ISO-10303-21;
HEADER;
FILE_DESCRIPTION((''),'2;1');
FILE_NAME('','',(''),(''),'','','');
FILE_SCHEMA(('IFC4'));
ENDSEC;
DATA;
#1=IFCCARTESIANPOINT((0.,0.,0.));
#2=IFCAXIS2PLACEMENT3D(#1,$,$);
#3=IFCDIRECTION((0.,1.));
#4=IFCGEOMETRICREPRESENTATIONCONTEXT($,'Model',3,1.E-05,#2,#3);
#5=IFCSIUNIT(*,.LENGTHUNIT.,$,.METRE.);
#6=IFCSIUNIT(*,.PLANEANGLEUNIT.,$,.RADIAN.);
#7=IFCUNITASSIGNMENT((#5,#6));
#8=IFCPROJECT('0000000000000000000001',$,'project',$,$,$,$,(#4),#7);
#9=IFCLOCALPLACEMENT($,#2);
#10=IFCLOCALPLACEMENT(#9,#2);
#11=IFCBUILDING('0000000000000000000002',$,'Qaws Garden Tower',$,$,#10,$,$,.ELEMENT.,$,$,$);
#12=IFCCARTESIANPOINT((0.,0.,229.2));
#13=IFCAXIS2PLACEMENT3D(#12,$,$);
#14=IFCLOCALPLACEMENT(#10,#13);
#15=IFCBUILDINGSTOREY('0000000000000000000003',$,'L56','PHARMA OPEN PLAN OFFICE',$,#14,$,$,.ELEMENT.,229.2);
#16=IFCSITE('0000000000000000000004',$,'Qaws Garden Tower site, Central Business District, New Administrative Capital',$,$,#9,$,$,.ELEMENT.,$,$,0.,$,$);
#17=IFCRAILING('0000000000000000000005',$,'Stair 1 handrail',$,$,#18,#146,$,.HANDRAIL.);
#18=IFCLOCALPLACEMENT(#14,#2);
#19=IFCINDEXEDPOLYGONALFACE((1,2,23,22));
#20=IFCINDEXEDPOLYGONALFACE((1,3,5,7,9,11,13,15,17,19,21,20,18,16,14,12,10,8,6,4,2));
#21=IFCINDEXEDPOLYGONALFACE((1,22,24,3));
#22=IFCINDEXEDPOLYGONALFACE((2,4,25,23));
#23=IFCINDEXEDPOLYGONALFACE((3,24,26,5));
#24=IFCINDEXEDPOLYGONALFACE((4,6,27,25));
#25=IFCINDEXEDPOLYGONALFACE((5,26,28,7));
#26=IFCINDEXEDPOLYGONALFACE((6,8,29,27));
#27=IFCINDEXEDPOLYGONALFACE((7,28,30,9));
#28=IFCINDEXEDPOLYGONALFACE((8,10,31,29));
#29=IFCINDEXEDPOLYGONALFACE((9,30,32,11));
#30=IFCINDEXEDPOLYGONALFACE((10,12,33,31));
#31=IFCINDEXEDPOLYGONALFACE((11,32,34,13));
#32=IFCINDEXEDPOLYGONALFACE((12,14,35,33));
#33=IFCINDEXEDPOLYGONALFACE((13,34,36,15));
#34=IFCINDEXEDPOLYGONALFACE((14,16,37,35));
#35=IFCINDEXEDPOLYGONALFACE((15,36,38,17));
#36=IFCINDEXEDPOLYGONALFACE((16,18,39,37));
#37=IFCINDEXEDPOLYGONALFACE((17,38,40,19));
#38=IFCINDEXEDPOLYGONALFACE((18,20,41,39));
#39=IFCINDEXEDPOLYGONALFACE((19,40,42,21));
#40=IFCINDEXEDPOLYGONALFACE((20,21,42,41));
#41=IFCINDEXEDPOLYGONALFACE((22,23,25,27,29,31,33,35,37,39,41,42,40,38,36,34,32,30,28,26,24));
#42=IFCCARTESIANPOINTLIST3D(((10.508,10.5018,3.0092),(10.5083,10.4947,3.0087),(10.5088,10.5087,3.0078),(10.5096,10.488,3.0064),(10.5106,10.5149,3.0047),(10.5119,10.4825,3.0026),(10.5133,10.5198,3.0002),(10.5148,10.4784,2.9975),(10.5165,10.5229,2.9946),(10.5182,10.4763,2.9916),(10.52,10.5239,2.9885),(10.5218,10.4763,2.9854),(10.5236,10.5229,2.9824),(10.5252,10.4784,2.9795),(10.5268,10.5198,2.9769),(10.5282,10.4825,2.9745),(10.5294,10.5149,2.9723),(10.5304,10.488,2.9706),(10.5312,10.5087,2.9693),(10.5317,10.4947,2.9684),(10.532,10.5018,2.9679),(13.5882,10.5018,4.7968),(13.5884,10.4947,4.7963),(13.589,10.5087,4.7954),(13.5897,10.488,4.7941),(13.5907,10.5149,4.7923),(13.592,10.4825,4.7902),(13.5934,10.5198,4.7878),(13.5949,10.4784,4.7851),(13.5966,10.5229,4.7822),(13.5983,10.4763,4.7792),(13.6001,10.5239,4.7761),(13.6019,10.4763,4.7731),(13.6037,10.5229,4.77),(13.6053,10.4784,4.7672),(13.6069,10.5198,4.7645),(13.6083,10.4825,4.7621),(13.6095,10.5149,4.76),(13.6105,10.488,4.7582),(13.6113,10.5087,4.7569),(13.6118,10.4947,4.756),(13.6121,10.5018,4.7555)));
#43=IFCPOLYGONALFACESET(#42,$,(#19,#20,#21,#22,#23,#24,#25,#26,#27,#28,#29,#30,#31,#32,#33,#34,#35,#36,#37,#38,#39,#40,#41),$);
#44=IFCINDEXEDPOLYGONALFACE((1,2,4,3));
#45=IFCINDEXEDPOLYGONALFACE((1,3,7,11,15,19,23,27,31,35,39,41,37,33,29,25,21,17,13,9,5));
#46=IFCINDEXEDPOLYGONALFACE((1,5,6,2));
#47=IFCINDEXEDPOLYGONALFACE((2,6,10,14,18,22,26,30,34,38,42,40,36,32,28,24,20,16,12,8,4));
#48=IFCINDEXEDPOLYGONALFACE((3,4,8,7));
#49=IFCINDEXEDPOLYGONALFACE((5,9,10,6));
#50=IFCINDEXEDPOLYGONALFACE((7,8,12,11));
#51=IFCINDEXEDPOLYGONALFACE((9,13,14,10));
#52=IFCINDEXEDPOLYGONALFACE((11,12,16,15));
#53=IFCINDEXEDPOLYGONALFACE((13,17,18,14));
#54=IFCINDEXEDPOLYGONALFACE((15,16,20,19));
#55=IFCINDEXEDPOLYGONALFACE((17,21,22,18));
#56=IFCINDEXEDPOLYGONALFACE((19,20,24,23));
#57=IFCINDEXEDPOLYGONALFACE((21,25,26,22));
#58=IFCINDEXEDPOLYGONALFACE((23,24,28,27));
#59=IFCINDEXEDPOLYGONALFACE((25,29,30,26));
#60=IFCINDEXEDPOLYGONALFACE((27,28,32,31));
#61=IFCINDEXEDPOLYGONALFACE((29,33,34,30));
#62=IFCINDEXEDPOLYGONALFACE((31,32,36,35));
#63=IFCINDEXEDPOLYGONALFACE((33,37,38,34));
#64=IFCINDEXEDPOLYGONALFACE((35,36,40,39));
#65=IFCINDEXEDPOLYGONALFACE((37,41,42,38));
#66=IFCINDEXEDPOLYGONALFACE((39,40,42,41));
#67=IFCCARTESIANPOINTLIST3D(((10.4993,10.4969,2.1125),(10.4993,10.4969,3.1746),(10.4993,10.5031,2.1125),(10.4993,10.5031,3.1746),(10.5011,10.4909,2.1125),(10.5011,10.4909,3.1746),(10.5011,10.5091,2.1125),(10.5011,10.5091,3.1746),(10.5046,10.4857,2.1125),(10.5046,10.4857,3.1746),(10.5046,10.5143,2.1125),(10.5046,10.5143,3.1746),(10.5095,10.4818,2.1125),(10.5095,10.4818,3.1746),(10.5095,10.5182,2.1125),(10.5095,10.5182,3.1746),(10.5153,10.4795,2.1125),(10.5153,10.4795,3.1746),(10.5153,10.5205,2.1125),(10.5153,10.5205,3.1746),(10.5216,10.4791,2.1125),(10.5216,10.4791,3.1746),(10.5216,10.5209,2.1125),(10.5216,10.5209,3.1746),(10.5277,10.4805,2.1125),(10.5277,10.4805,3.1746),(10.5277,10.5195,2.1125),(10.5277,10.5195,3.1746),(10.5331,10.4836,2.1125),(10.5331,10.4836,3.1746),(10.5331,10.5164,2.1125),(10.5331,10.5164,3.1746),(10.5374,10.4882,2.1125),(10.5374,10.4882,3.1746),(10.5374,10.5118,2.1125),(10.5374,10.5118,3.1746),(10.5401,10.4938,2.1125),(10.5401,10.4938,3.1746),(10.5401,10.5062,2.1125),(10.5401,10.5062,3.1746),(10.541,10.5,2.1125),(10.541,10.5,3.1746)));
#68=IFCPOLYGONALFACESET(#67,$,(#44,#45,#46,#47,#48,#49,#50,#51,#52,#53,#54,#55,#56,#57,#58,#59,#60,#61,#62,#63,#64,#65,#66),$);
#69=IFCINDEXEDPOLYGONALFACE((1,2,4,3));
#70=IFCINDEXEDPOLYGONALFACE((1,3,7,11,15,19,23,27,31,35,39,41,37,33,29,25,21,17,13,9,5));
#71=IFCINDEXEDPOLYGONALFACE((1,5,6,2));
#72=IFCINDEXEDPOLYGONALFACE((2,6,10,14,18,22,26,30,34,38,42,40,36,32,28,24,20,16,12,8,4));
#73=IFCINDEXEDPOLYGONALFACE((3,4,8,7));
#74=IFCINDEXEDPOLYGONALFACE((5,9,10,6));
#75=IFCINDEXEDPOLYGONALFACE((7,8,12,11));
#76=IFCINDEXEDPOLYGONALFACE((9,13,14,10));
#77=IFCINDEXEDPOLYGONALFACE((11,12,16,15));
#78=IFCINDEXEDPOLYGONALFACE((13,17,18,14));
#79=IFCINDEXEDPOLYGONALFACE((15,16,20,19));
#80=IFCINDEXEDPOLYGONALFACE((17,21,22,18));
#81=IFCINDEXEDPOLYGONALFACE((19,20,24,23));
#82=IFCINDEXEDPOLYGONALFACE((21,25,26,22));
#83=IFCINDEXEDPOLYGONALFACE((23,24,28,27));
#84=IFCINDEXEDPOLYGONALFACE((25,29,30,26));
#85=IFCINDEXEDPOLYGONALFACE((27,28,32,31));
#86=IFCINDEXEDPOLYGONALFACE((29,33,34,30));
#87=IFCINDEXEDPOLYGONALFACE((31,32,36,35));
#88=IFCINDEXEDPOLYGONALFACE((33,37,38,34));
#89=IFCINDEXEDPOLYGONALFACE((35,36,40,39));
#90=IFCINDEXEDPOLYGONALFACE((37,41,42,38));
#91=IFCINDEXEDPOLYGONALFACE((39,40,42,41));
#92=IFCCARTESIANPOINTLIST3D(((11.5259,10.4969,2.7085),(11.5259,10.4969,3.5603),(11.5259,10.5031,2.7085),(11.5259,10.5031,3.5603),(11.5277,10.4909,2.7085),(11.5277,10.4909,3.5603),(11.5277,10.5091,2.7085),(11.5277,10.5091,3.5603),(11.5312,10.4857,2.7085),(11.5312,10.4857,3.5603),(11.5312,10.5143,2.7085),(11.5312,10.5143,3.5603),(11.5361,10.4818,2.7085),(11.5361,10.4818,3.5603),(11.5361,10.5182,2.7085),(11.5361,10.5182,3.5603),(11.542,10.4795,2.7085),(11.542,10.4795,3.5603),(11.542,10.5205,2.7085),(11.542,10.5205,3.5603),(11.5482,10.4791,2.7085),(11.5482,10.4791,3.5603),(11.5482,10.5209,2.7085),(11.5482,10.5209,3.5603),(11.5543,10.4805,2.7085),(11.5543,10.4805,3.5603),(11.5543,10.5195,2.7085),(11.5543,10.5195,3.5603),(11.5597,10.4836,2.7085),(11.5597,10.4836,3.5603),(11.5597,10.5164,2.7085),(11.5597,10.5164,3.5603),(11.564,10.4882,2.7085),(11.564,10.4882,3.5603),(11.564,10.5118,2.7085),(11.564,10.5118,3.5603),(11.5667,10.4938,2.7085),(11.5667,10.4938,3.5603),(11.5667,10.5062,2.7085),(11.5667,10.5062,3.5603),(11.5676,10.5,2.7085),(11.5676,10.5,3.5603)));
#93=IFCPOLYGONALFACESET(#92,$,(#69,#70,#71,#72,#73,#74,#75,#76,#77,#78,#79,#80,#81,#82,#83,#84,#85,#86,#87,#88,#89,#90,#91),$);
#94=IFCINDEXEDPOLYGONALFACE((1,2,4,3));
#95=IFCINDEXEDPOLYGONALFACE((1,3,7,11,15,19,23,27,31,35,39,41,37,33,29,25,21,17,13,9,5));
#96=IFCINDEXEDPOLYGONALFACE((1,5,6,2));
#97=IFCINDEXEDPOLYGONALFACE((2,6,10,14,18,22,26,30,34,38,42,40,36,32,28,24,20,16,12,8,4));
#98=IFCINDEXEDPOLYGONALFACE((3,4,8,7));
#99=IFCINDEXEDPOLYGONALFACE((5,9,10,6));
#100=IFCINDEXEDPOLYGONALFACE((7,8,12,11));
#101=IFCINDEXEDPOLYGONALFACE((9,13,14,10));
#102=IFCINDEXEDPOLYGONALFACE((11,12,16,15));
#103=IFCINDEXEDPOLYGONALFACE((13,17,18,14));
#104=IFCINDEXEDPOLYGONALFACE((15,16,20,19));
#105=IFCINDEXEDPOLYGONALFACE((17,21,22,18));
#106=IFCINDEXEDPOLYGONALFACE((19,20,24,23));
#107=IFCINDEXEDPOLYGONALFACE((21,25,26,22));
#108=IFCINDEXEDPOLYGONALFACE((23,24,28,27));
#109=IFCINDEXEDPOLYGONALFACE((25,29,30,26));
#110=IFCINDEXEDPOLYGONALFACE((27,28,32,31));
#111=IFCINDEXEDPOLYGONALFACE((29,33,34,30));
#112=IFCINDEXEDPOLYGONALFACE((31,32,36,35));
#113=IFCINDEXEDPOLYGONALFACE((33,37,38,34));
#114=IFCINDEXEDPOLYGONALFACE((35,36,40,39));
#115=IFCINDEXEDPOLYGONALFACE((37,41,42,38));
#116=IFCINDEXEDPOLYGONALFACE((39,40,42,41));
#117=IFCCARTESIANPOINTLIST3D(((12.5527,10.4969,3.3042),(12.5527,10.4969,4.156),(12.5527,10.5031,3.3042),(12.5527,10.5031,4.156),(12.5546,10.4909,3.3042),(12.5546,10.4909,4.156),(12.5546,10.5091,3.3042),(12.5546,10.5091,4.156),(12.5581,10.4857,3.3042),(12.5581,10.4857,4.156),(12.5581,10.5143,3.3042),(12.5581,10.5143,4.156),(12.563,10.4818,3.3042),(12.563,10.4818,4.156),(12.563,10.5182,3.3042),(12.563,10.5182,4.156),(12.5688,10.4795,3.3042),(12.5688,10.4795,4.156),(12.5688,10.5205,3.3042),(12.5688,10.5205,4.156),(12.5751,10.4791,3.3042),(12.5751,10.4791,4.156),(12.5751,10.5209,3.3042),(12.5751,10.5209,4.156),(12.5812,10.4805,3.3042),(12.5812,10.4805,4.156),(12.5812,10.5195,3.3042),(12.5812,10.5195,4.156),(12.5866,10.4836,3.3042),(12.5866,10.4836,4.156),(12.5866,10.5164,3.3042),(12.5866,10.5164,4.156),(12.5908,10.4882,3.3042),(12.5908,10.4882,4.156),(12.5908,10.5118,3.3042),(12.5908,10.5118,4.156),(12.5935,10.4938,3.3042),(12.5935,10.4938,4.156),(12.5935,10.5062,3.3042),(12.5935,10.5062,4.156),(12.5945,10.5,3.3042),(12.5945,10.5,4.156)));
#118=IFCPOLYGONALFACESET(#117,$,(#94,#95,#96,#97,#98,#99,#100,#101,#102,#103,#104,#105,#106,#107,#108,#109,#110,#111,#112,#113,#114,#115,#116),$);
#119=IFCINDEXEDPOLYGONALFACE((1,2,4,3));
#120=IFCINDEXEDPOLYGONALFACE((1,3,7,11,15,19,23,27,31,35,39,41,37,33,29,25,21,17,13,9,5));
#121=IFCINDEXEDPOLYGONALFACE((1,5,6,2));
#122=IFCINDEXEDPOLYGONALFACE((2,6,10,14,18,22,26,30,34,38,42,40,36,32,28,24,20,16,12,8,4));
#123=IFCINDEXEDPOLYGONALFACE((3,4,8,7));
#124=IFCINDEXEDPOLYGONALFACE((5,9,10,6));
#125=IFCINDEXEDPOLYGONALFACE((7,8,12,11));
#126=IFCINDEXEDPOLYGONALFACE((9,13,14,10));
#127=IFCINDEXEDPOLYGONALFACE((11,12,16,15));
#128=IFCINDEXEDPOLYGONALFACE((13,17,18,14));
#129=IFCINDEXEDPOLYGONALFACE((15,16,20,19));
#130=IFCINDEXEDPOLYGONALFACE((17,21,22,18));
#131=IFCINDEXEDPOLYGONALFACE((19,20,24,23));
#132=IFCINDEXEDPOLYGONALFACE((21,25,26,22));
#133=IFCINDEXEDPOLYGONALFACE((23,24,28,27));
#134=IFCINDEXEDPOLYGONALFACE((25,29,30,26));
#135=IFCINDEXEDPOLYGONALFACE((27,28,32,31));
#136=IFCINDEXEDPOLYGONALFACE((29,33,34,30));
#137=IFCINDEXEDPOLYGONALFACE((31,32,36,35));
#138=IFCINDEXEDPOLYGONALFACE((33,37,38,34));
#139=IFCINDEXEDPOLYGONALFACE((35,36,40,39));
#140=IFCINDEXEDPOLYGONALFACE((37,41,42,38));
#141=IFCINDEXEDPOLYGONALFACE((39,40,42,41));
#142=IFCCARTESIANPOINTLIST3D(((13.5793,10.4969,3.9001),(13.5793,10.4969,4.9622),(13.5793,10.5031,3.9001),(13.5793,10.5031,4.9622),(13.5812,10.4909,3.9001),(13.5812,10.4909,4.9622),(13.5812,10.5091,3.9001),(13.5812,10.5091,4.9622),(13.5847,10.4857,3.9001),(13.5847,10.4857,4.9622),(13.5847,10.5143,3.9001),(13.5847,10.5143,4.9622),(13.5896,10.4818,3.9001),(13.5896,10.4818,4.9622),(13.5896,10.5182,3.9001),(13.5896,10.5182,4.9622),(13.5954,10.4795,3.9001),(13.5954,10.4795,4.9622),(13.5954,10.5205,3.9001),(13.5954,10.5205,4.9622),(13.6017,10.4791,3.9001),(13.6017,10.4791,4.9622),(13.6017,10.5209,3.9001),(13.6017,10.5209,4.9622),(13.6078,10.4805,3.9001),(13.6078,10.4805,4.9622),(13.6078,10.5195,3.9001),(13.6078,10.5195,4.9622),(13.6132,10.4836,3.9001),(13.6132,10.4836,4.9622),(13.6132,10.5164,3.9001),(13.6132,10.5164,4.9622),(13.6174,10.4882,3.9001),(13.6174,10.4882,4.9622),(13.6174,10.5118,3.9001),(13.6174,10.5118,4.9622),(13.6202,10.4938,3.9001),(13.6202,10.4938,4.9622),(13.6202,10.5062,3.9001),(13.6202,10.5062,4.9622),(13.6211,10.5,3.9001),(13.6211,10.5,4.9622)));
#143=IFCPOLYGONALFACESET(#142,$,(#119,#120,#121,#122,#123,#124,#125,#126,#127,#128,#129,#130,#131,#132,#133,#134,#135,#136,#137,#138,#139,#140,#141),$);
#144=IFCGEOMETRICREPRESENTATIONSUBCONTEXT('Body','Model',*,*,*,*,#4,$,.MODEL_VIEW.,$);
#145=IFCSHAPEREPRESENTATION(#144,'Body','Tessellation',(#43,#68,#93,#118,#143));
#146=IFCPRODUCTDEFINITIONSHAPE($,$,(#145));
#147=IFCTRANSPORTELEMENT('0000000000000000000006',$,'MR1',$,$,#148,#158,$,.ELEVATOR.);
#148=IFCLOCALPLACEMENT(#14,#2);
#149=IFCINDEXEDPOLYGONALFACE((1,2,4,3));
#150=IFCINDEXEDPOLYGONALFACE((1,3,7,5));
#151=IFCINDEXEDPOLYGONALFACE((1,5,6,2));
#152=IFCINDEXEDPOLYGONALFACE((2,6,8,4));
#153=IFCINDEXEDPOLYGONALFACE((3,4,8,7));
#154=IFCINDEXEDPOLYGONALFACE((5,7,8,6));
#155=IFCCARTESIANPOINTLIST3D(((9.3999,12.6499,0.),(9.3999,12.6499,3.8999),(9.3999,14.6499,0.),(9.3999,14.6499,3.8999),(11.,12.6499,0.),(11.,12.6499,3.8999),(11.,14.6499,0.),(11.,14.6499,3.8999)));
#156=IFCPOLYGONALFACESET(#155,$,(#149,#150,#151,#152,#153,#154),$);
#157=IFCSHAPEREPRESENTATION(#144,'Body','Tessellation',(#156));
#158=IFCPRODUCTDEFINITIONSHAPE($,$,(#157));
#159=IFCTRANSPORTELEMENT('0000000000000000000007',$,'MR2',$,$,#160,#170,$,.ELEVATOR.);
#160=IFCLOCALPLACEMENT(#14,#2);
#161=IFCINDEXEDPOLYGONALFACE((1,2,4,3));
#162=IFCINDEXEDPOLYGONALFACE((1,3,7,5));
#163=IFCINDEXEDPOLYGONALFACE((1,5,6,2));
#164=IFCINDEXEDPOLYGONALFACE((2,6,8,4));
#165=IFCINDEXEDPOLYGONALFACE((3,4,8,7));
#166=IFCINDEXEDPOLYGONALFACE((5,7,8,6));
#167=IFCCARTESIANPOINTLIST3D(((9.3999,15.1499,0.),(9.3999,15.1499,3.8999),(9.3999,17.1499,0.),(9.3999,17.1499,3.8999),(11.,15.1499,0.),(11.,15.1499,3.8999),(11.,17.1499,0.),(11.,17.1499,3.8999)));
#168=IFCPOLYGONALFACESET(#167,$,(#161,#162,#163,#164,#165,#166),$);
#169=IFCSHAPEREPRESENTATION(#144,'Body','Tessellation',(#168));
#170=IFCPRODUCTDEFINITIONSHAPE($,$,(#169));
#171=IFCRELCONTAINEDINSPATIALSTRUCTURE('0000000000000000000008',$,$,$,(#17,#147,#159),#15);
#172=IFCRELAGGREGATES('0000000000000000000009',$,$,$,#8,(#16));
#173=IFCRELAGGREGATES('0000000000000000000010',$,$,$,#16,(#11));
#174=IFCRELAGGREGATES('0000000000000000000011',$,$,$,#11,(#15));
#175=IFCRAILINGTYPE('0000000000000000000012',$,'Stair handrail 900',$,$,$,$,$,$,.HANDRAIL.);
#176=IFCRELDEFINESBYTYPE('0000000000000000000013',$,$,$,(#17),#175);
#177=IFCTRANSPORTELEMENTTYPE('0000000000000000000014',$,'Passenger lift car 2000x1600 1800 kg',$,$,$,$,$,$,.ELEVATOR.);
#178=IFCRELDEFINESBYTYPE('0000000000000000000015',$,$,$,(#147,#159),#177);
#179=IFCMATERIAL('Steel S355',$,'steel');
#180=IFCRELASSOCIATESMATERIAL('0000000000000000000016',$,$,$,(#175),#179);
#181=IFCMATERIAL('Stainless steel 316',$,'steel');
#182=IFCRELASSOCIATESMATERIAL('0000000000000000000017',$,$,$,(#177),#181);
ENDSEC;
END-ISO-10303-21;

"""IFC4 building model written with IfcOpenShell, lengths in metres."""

from ifc_helpers import new_model, si_unit, direction, frame, origin, origin_2d, place, context, subcontext, project, spatial, rectangle, circle, extrude, material, type_object, element, save


model = new_model("IFC4")

# Units and contexts
model_context = context("Model", 3, precision=1e-05, world=origin(), true_north=direction((0.0, 1.0)))
body_context = subcontext(model_context, "Body", "Model", "MODEL_VIEW")
ifc_project = project(units=[si_unit("LENGTHUNIT", "METRE"), si_unit("PLANEANGLEUNIT", "RADIAN")], contexts=[model_context])

# Site, building, storey
site_placement = place(None, origin())
site = spatial("IfcSite", under=ifc_project, at=site_placement, Name="Qaws Garden Tower site, Central Business District, New Administrative Capital", CompositionType="ELEMENT", RefElevation=0.0)
building_placement = place(site_placement, origin())
building = spatial("IfcBuilding", under=site, at=building_placement, Name="Qaws Garden Tower", CompositionType="ELEMENT")
storey_placement = place(building_placement, frame((0.0, 0.0, 229.2)))
storey = spatial("IfcBuildingStorey", under=building, at=storey_placement, Name="L56", Description="PHARMA OPEN PLAN OFFICE", CompositionType="ELEMENT", Elevation=229.2)

# Railing
ifc_material_1 = material(Name="Steel S355", Category="steel")
railing_type = type_object("IfcRailingType", Name="Stair handrail 900", PredefinedType="HANDRAIL", material=ifc_material_1)
railing_1_placement = place(storey_placement, frame((10.52, 10.5, 2.1125)))
element("IfcRailing", 1, at=railing_1_placement, inside=storey, type_object=railing_type, Name="Stair 1 handrail", PredefinedType="HANDRAIL", context=body_context, shape_type="SweptSolid", body=[
    extrude(circle(Radius=0.0239, at=origin_2d()), frame((0.0, 0.0, 0.876), z_axis=(0.864891, 0.0, 0.50196), x_axis=(0.0, 1.0, 0.0)), (0.0, 0.0, 1.0), 3.5613),
    extrude(circle(Radius=0.021, at=origin_2d()), origin(), (0.0, 0.0, 1.0), 1.062),
    extrude(circle(Radius=0.021, at=origin_2d()), frame((1.0266, 0.0, 0.5959)), (0.0, 0.0, 1.0), 0.8518),
    extrude(circle(Radius=0.021, at=origin_2d()), frame((2.0535, 0.0, 1.1917)), (0.0, 0.0, 1.0), 0.8518),
    extrude(circle(Radius=0.021, at=origin_2d()), frame((3.0801, 0.0, 1.7876)), (0.0, 0.0, 1.0), 1.062),
])

# Transport elements
ifc_material_2 = material(Name="Stainless steel 316", Category="steel")
transport_element_type = type_object("IfcTransportElementType", Name="Passenger lift car 2000x1600 1800 kg", PredefinedType="ELEVATOR", material=ifc_material_2)
for number, where, z_axis, x_axis, name in (
    (2, (10.2, 13.6499, 0.0), (0.0, 0.0, 1.0), (1.0, 0.0, 0.0), "MR1"),
    (3, (10.2, 16.1499, 0.0), (0.0, 0.0, 1.0), (1.0, 0.0, 0.0), "MR2"),
):
    element("IfcTransportElement", number, at=place(storey_placement, frame(where, z_axis=z_axis, x_axis=x_axis)), inside=storey, type_object=transport_element_type, Name=name, PredefinedType="ELEVATOR", context=body_context, shape_type="SweptSolid", body=[
        extrude(rectangle(XDim=1.6001, YDim=2.0, at=origin_2d()), origin(), (0.0, 0.0, 1.0), 3.8999),
    ])

save(model, "model.ifc")
